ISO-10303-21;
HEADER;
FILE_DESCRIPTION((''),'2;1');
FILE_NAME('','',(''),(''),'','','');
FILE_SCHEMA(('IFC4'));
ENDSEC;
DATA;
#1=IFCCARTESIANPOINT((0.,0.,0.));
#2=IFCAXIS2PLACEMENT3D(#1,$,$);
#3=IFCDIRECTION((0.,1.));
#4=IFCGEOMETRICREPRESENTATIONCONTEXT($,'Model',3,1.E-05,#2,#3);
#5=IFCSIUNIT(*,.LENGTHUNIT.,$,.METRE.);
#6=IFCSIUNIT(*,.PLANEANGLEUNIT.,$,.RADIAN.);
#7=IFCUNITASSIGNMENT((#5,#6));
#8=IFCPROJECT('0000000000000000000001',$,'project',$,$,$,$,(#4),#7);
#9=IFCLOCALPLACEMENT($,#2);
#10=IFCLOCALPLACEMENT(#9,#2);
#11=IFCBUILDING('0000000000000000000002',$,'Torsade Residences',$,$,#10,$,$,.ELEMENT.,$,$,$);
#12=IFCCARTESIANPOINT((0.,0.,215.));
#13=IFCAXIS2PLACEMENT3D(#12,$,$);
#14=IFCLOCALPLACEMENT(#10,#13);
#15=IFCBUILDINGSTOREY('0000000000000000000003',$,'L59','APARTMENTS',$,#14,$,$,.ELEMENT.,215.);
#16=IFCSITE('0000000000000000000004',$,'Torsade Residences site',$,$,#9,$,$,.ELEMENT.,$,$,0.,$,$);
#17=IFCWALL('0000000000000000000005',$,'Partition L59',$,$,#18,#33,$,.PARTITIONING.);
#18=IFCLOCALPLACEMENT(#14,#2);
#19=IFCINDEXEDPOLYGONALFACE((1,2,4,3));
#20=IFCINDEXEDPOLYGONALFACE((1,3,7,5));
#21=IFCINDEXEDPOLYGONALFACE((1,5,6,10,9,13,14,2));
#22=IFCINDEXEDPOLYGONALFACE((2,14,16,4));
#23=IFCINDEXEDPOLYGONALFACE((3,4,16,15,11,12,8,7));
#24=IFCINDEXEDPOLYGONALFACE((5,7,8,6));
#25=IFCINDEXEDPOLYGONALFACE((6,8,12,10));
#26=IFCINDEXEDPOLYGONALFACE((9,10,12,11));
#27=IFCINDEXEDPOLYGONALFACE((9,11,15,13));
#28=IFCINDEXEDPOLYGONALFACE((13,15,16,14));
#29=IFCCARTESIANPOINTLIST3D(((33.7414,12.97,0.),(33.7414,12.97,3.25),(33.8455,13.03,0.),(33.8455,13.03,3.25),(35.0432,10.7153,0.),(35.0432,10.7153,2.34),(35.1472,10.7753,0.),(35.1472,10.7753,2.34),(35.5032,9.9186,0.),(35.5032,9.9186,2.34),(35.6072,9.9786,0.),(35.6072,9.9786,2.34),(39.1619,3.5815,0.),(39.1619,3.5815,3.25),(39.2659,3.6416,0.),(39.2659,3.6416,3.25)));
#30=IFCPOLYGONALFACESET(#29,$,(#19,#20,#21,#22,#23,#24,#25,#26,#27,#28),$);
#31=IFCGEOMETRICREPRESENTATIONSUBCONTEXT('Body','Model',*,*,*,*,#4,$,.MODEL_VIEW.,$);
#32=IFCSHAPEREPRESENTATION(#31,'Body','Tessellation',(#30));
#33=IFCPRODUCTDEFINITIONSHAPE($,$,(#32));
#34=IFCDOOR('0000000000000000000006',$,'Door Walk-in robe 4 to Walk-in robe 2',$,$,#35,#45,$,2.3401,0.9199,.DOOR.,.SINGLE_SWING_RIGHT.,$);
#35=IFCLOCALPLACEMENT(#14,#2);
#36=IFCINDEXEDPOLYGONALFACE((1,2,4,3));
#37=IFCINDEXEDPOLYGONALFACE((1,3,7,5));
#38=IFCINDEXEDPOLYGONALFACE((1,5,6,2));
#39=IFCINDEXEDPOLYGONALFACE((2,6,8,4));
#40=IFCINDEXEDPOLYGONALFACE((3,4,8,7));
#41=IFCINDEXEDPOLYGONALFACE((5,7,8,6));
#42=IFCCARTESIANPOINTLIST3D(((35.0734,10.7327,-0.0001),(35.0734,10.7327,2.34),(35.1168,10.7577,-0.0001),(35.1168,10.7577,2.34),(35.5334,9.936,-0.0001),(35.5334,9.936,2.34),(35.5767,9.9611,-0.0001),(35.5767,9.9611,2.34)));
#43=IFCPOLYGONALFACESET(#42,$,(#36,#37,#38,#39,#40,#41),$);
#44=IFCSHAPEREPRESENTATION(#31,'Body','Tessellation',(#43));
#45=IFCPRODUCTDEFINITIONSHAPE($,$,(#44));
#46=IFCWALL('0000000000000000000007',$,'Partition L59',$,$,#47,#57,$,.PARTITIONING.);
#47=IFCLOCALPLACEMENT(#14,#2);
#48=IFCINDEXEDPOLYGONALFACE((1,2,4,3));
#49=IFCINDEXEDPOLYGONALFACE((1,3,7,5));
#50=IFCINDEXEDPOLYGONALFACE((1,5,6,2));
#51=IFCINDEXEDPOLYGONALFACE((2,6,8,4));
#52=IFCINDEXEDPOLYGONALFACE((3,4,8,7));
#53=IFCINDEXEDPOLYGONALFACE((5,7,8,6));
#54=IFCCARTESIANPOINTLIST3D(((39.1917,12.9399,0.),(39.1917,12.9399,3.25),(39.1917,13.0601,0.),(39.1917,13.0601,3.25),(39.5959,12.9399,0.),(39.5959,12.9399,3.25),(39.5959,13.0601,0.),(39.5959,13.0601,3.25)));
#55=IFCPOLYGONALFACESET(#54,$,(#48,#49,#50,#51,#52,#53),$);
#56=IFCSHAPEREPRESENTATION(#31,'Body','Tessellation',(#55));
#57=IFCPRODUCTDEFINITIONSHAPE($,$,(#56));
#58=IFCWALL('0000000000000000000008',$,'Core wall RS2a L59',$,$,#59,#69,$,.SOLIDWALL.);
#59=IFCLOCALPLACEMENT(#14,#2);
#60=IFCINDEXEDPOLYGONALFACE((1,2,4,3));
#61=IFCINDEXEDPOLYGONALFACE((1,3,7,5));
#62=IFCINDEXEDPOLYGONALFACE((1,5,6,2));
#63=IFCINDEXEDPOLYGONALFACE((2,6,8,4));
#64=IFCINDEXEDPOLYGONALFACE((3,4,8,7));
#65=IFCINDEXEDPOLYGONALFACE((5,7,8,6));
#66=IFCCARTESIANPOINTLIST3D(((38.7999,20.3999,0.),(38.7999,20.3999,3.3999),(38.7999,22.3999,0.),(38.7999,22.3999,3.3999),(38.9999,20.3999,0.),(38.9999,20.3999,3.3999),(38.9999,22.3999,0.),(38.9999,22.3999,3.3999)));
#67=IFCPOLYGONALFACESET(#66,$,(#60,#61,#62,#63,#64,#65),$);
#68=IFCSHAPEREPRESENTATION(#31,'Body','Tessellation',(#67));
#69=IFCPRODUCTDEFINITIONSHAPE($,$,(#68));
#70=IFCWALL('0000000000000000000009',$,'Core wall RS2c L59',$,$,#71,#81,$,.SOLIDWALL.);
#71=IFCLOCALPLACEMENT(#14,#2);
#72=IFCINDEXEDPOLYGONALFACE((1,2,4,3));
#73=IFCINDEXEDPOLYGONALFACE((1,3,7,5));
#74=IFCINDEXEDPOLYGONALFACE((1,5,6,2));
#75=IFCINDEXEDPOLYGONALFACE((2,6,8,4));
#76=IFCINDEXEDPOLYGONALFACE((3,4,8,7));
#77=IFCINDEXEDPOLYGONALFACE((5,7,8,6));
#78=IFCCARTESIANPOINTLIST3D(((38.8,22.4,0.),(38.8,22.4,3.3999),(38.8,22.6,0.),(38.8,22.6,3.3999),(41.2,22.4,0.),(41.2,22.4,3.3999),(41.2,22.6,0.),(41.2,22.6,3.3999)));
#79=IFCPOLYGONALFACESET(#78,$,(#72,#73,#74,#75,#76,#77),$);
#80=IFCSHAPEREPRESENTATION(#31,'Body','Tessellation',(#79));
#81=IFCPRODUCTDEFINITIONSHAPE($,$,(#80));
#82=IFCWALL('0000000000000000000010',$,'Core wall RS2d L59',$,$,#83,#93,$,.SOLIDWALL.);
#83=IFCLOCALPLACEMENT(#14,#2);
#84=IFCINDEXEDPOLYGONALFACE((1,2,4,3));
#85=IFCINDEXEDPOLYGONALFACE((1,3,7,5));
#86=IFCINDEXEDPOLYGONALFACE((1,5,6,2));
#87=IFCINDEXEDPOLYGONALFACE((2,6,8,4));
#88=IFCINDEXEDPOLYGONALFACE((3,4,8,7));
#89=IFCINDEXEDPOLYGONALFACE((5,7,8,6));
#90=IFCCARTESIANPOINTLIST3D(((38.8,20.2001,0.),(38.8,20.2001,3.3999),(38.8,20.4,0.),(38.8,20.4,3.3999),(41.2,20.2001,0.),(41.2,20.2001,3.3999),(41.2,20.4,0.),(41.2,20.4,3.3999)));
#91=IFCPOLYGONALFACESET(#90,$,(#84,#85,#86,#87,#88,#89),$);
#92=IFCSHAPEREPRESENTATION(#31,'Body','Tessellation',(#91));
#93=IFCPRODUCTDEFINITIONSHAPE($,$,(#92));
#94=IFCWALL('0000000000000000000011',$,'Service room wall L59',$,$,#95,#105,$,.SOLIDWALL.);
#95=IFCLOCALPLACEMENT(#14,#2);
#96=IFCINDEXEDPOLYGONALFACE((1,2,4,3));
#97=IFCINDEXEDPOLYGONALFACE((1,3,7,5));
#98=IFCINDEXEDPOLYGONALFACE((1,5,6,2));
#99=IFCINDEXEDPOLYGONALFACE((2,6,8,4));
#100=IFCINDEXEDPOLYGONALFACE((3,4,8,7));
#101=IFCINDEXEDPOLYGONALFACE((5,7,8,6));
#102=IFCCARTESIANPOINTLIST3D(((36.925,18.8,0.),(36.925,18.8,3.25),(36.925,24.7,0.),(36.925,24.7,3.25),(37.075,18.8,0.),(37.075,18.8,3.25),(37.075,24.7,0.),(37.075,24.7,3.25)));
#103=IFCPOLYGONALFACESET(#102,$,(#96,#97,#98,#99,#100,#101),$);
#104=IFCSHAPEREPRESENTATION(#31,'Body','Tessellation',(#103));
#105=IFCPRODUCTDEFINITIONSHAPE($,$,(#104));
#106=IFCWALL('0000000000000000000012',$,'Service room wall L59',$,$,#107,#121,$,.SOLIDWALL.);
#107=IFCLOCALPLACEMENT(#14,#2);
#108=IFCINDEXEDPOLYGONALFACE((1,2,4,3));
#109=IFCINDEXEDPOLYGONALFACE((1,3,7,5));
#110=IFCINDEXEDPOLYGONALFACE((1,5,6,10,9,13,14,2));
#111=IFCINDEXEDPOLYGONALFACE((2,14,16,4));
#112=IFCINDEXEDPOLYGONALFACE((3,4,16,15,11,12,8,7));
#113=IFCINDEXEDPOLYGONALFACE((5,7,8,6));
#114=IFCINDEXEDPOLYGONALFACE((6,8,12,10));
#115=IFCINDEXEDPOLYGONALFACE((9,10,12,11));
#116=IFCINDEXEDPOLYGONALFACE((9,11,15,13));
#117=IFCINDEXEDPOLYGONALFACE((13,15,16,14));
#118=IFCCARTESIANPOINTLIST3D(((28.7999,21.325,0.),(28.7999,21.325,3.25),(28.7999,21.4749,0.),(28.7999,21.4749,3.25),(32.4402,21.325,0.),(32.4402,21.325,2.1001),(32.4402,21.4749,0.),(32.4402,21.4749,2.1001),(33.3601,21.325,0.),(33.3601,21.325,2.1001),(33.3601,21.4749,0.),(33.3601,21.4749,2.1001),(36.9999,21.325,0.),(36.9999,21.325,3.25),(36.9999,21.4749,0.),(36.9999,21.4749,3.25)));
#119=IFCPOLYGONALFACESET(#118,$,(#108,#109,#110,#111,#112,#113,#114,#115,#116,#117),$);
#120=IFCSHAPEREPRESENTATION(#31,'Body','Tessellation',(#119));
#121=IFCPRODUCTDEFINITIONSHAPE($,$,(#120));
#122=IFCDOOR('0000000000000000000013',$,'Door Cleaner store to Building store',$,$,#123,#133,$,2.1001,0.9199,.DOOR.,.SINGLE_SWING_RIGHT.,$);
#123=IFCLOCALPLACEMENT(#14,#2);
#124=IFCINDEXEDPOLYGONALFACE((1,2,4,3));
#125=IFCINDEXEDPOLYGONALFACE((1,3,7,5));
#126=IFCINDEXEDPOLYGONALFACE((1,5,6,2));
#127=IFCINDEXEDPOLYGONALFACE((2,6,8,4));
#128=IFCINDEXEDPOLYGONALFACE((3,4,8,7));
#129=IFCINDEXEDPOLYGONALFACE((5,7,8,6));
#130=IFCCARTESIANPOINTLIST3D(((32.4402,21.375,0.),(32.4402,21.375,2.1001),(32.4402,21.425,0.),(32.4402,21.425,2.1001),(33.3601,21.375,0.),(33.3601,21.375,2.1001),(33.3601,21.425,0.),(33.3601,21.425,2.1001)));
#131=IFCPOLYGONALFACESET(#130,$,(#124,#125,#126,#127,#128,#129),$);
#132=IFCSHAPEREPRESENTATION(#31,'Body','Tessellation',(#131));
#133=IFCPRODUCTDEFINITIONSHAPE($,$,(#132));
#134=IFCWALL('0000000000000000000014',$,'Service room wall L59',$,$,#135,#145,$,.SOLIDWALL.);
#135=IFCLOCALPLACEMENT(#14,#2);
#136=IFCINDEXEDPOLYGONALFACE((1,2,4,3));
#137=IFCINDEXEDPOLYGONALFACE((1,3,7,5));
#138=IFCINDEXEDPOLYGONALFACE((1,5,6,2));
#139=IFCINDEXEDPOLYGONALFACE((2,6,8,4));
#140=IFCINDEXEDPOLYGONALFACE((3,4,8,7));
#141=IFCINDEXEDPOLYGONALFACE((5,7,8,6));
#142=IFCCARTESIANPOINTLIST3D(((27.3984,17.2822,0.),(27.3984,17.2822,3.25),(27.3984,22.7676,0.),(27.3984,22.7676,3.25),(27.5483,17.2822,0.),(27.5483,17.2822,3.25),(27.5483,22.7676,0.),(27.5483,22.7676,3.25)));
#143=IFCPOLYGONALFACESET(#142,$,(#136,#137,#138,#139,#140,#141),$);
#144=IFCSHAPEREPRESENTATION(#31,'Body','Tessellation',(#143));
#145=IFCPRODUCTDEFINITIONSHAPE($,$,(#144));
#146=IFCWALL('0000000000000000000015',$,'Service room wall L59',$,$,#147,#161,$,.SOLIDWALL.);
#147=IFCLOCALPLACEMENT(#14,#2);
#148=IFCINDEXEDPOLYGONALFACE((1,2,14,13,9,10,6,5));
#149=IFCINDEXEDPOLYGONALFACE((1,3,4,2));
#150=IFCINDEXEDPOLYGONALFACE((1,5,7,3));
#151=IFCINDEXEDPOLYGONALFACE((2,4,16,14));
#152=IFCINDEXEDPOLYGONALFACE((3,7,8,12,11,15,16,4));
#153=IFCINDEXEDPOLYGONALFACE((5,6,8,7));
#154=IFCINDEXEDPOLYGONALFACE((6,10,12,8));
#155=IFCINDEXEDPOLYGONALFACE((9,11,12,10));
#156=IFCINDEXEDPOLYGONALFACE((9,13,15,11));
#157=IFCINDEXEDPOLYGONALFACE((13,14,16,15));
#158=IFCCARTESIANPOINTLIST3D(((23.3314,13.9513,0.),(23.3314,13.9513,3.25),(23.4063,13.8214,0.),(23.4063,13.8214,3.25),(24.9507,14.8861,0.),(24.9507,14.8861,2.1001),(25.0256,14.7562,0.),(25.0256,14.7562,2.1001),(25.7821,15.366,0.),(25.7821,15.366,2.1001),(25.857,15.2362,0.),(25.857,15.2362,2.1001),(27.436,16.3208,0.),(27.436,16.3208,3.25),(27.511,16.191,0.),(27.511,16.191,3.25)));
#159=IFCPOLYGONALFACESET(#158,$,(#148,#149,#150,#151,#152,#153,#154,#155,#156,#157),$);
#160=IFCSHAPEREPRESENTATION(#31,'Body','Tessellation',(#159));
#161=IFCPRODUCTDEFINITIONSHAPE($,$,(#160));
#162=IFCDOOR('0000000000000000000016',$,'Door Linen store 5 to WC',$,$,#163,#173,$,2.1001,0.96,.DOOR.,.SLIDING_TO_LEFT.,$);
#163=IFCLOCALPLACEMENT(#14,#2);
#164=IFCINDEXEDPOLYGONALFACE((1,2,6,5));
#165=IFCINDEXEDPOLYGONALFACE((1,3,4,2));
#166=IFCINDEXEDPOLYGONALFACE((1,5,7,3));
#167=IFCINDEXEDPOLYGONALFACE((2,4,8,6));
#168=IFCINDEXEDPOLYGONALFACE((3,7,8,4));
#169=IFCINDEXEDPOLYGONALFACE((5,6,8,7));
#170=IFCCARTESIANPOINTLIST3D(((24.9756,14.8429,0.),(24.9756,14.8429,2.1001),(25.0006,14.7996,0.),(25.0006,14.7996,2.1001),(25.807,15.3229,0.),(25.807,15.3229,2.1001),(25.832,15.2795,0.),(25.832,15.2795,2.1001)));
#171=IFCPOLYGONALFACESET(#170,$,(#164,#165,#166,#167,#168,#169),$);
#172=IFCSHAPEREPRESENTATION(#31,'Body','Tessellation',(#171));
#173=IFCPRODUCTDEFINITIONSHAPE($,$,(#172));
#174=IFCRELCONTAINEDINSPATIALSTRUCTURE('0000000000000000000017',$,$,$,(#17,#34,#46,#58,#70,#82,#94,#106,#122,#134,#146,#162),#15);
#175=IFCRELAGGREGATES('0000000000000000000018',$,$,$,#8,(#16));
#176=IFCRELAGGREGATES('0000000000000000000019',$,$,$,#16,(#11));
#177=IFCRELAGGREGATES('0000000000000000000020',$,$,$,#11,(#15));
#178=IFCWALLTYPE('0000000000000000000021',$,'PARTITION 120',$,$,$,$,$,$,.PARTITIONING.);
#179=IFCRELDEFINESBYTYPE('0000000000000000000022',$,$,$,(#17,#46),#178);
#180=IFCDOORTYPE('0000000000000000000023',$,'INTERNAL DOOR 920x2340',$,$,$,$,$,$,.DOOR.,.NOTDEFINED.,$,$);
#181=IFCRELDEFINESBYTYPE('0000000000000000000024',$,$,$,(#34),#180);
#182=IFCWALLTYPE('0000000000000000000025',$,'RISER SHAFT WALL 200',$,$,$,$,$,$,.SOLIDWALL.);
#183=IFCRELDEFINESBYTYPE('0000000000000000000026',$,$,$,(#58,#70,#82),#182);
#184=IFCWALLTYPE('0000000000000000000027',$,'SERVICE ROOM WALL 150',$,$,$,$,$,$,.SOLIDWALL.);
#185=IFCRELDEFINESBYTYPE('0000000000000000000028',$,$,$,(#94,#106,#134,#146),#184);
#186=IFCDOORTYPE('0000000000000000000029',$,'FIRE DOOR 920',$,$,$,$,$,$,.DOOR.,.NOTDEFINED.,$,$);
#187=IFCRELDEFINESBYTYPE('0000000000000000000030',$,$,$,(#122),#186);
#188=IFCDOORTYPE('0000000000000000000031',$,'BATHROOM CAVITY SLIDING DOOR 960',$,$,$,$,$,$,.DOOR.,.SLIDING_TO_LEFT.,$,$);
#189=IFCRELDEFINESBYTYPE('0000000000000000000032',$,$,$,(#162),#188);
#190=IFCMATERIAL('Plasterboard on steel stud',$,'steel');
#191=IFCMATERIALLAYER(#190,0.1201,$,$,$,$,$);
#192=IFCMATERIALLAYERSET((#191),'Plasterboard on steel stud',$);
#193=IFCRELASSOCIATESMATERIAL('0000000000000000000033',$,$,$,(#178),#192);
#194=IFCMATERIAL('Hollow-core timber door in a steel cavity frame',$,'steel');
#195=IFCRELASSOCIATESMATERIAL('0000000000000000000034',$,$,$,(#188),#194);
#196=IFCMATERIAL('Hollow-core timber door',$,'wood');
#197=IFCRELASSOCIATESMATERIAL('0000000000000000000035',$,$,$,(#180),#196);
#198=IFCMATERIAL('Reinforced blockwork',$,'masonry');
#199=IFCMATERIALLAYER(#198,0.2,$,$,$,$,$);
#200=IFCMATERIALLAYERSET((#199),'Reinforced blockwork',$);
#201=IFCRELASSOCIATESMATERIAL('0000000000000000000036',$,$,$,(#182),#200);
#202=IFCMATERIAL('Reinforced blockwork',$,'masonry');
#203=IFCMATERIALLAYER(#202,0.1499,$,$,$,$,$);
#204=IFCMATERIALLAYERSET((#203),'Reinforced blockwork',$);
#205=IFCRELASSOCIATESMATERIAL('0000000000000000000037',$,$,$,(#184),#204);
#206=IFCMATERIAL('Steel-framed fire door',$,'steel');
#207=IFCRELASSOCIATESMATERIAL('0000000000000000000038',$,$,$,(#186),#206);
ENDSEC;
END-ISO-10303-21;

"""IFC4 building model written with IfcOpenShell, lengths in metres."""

from ifc_helpers import new_model, si_unit, direction, frame, frame_2d, origin, place, context, subcontext, project, spatial, rectangle, extrude, material, layer, layer_set, type_object, element, fill, save


model = new_model("IFC4")

# Units and contexts
model_context = context("Model", 3, precision=1e-05, world=origin(), true_north=direction((0.0, 1.0)))
body_context = subcontext(model_context, "Body", "Model", "MODEL_VIEW")
ifc_project = project(units=[si_unit("LENGTHUNIT", "METRE"), si_unit("PLANEANGLEUNIT", "RADIAN")], contexts=[model_context])

# Site, building, storey
site_placement = place(None, origin())
site = spatial("IfcSite", under=ifc_project, at=site_placement, Name="Torsade Residences site", CompositionType="ELEMENT", RefElevation=0.0)
building_placement = place(site_placement, origin())
building = spatial("IfcBuilding", under=site, at=building_placement, Name="Torsade Residences", CompositionType="ELEMENT")
storey_placement = place(building_placement, frame((0.0, 0.0, 215.0)))
storey = spatial("IfcBuildingStorey", under=building, at=storey_placement, Name="L59", Description="APARTMENTS", CompositionType="ELEMENT", Elevation=215.0)

# Shared definitions
ifc_material_1 = material(Name="Plasterboard on steel stud", Category="steel")
ifc_layer_1 = layer(ifc_material_1, 0.1201)
ifc_layer_set_1 = layer_set([ifc_layer_1], Name="Plasterboard on steel stud")
wall_type_1 = type_object("IfcWallType", Name="PARTITION 120", PredefinedType="PARTITIONING", material=ifc_layer_set_1)

# Shared definitions
ifc_material_2 = material(Name="Hollow-core timber door in a steel cavity frame", Category="steel")
door_type_1 = type_object("IfcDoorType", Name="BATHROOM CAVITY SLIDING DOOR 960", OperationType="SLIDING_TO_LEFT", PredefinedType="DOOR", material=ifc_material_2)
ifc_material_3 = material(Name="Hollow-core timber door", Category="wood")
door_type_2 = type_object("IfcDoorType", Name="INTERNAL DOOR 920x2340", OperationType="NOTDEFINED", PredefinedType="DOOR", material=ifc_material_3)

# Wall, opening, door
wall_1_placement = place(storey_placement, frame((33.7935, 13.0, 0.0), z_axis=(0.0, 0.0, 1.0), x_axis=(0.5, -0.866025, 0.0)))
wall_1 = element("IfcWall", 1, at=wall_1_placement, inside=storey, type_object=wall_type_1, Name="Partition L59", PredefinedType="PARTITIONING", context=body_context, shape_type="SweptSolid", body=[
    extrude(rectangle(XDim=10.8408, YDim=0.1201, at=frame_2d((5.4204, 0.0))), origin(), (0.0, 0.0, 1.0), 3.25),
])
opening_1_placement = place(wall_1_placement, frame((2.6035, 0.0, 0.0)))
opening_1 = element("IfcOpeningElement", 2, at=opening_1_placement, cuts=wall_1, PredefinedType="OPENING", context=body_context, shape_type="SweptSolid", body=[
    extrude(rectangle(XDim=0.9199, YDim=2.3401, at=frame_2d((0.46, 1.1699))), frame((0.0, 0.0701, 0.0), z_axis=(0.0, -1.0, 0.0), x_axis=(1.0, 0.0, 0.0)), (0.0, 0.0, 1.0), 0.1401),
])
door_1_placement = place(opening_1_placement, origin())
door_1 = element("IfcDoor", 3, at=door_1_placement, inside=storey, type_object=door_type_2, Name="Door Walk-in robe 4 to Walk-in robe 2", OperationType="SINGLE_SWING_RIGHT", OverallHeight=2.3401, OverallWidth=0.9199, PredefinedType="DOOR", context=body_context, shape_type="SweptSolid", body=[
    extrude(rectangle(XDim=0.9199, YDim=2.3401, at=frame_2d((0.46, 1.1699))), frame((0.0, 0.0249, 0.0), z_axis=(0.0, -1.0, 0.0), x_axis=(1.0, 0.0, 0.0)), (0.0, 0.0, 1.0), 0.05),
])
fill(opening_1, door_1)

# Walls
wall_2_placement = place(storey_placement, frame((39.1917, 13.0, 0.0), z_axis=(0.0, 0.0, 1.0), x_axis=(1.0, 0.0, 0.0)))
element("IfcWall", 4, at=wall_2_placement, inside=storey, type_object=wall_type_1, Name="Partition L59", PredefinedType="PARTITIONING", context=body_context, shape_type="SweptSolid", body=[
    extrude(rectangle(XDim=0.4043, YDim=0.1201, at=frame_2d((0.2021, 0.0))), origin(), (0.0, 0.0, 1.0), 3.25),
])
ifc_material_4 = material(Name="Reinforced blockwork", Category="masonry")
ifc_layer_2 = layer(ifc_material_4, 0.2)
ifc_layer_set_2 = layer_set([ifc_layer_2], Name="Reinforced blockwork")
wall_type_2 = type_object("IfcWallType", Name="RISER SHAFT WALL 200", PredefinedType="SOLIDWALL", material=ifc_layer_set_2)
wall_3_placement = place(storey_placement, frame((38.8999, 22.3999, 0.0), z_axis=(0.0, 0.0, 1.0), x_axis=(0.0, -1.0, 0.0)))
element("IfcWall", 5, at=wall_3_placement, inside=storey, type_object=wall_type_2, Name="Core wall RS2a L59", PredefinedType="SOLIDWALL", context=body_context, shape_type="SweptSolid", body=[
    extrude(rectangle(XDim=2.0, YDim=0.2, at=frame_2d((1.0, 0.0))), origin(), (0.0, 0.0, 1.0), 3.3999),
])
for number, where, z_axis, x_axis, name in (
    (6, (38.8, 22.5, 0.0), (0.0, 0.0, 1.0), (1.0, 0.0, 0.0), "Core wall RS2c L59"),
    (7, (38.8, 20.3, 0.0), (0.0, 0.0, 1.0), (1.0, 0.0, 0.0), "Core wall RS2d L59"),
):
    element("IfcWall", number, at=place(storey_placement, frame(where, z_axis=z_axis, x_axis=x_axis)), inside=storey, type_object=wall_type_2, Name=name, PredefinedType="SOLIDWALL", context=body_context, shape_type="SweptSolid", body=[
        extrude(rectangle(XDim=2.3999, YDim=0.2, at=frame_2d((1.2, 0.0))), origin(), (0.0, 0.0, 1.0), 3.3999),
    ])
ifc_material_5 = material(Name="Reinforced blockwork", Category="masonry")
ifc_layer_3 = layer(ifc_material_5, 0.1499)
ifc_layer_set_3 = layer_set([ifc_layer_3], Name="Reinforced blockwork")
wall_type_3 = type_object("IfcWallType", Name="SERVICE ROOM WALL 150", PredefinedType="SOLIDWALL", material=ifc_layer_set_3)
wall_4_placement = place(storey_placement, frame((37.0, 18.8, 0.0), z_axis=(0.0, 0.0, 1.0), x_axis=(0.0, 1.0, 0.0)))
element("IfcWall", 8, at=wall_4_placement, inside=storey, type_object=wall_type_3, Name="Service room wall L59", PredefinedType="SOLIDWALL", context=body_context, shape_type="SweptSolid", body=[
    extrude(rectangle(XDim=5.8999, YDim=0.1499, at=frame_2d((2.95, 0.0))), origin(), (0.0, 0.0, 1.0), 3.25),
])

# Wall, opening, door
wall_5_placement = place(storey_placement, frame((37.0, 21.3999, 0.0), z_axis=(0.0, 0.0, 1.0), x_axis=(-1.0, 0.0, 0.0)))
wall_5 = element("IfcWall", 9, at=wall_5_placement, inside=storey, type_object=wall_type_3, Name="Service room wall L59", PredefinedType="SOLIDWALL", context=body_context, shape_type="SweptSolid", body=[
    extrude(rectangle(XDim=8.2, YDim=0.1499, at=frame_2d((4.1001, 0.0))), origin(), (0.0, 0.0, 1.0), 3.25),
])
opening_2_placement = place(wall_5_placement, frame((3.6399, 0.0, 0.0)))
opening_2 = element("IfcOpeningElement", 10, at=opening_2_placement, cuts=wall_5, PredefinedType="OPENING", context=body_context, shape_type="SweptSolid", body=[
    extrude(rectangle(XDim=0.9199, YDim=2.1001, at=frame_2d((0.46, 1.05))), frame((0.0, 0.085, 0.0), z_axis=(0.0, -1.0, 0.0), x_axis=(1.0, 0.0, 0.0)), (0.0, 0.0, 1.0), 0.1699),
])
ifc_material_6 = material(Name="Steel-framed fire door", Category="steel")
door_type_3 = type_object("IfcDoorType", Name="FIRE DOOR 920", OperationType="NOTDEFINED", PredefinedType="DOOR", material=ifc_material_6)
door_2_placement = place(opening_2_placement, origin())
door_2 = element("IfcDoor", 11, at=door_2_placement, inside=storey, type_object=door_type_3, Name="Door Cleaner store to Building store", OperationType="SINGLE_SWING_RIGHT", OverallHeight=2.1001, OverallWidth=0.9199, PredefinedType="DOOR", context=body_context, shape_type="SweptSolid", body=[
    extrude(rectangle(XDim=0.9199, YDim=2.1001, at=frame_2d((0.46, 1.05))), frame((0.0, 0.0249, 0.0), z_axis=(0.0, -1.0, 0.0), x_axis=(1.0, 0.0, 0.0)), (0.0, 0.0, 1.0), 0.05),
])
fill(opening_2, door_2)

# Wall
wall_6_placement = place(storey_placement, frame((27.4734, 17.2822, 0.0), z_axis=(0.0, 0.0, 1.0), x_axis=(0.0, 1.0, 0.0)))
element("IfcWall", 12, at=wall_6_placement, inside=storey, type_object=wall_type_3, Name="Service room wall L59", PredefinedType="SOLIDWALL", context=body_context, shape_type="SweptSolid", body=[
    extrude(rectangle(XDim=5.4854, YDim=0.1499, at=frame_2d((2.7427, 0.0))), origin(), (0.0, 0.0, 1.0), 3.25),
])

# Wall, opening, door
wall_7_placement = place(storey_placement, frame((27.4734, 16.2559, 0.0), z_axis=(0.0, 0.0, 1.0), x_axis=(-0.866047, -0.499962, 0.0)))
wall_7 = element("IfcWall", 13, at=wall_7_placement, inside=storey, type_object=wall_type_3, Name="Service room wall L59", PredefinedType="SOLIDWALL", context=body_context, shape_type="SweptSolid", body=[
    extrude(rectangle(XDim=4.7395, YDim=0.1499, at=frame_2d((2.3696, 0.0))), origin(), (0.0, 0.0, 1.0), 3.25),
])
opening_3_placement = place(wall_7_placement, frame((1.9097, 0.0, 0.0)))
opening_3 = element("IfcOpeningElement", 14, at=opening_3_placement, cuts=wall_7, PredefinedType="OPENING", context=body_context, shape_type="SweptSolid", body=[
    extrude(rectangle(XDim=0.96, YDim=2.1001, at=frame_2d((0.48, 1.05))), frame((0.0, 0.085, 0.0), z_axis=(0.0, -1.0, 0.0), x_axis=(1.0, 0.0, 0.0)), (0.0, 0.0, 1.0), 0.1699),
])
door_3_placement = place(opening_3_placement, origin())
door_3 = element("IfcDoor", 15, at=door_3_placement, inside=storey, type_object=door_type_1, Name="Door Linen store 5 to WC", OperationType="SLIDING_TO_LEFT", OverallHeight=2.1001, OverallWidth=0.96, PredefinedType="DOOR", context=body_context, shape_type="SweptSolid", body=[
    extrude(rectangle(XDim=0.96, YDim=2.1001, at=frame_2d((0.48, 1.05))), frame((0.0, 0.0249, 0.0), z_axis=(0.0, -1.0, 0.0), x_axis=(1.0, 0.0, 0.0)), (0.0, 0.0, 1.0), 0.05),
])
fill(opening_3, door_3)

save(model, "model.ifc")
